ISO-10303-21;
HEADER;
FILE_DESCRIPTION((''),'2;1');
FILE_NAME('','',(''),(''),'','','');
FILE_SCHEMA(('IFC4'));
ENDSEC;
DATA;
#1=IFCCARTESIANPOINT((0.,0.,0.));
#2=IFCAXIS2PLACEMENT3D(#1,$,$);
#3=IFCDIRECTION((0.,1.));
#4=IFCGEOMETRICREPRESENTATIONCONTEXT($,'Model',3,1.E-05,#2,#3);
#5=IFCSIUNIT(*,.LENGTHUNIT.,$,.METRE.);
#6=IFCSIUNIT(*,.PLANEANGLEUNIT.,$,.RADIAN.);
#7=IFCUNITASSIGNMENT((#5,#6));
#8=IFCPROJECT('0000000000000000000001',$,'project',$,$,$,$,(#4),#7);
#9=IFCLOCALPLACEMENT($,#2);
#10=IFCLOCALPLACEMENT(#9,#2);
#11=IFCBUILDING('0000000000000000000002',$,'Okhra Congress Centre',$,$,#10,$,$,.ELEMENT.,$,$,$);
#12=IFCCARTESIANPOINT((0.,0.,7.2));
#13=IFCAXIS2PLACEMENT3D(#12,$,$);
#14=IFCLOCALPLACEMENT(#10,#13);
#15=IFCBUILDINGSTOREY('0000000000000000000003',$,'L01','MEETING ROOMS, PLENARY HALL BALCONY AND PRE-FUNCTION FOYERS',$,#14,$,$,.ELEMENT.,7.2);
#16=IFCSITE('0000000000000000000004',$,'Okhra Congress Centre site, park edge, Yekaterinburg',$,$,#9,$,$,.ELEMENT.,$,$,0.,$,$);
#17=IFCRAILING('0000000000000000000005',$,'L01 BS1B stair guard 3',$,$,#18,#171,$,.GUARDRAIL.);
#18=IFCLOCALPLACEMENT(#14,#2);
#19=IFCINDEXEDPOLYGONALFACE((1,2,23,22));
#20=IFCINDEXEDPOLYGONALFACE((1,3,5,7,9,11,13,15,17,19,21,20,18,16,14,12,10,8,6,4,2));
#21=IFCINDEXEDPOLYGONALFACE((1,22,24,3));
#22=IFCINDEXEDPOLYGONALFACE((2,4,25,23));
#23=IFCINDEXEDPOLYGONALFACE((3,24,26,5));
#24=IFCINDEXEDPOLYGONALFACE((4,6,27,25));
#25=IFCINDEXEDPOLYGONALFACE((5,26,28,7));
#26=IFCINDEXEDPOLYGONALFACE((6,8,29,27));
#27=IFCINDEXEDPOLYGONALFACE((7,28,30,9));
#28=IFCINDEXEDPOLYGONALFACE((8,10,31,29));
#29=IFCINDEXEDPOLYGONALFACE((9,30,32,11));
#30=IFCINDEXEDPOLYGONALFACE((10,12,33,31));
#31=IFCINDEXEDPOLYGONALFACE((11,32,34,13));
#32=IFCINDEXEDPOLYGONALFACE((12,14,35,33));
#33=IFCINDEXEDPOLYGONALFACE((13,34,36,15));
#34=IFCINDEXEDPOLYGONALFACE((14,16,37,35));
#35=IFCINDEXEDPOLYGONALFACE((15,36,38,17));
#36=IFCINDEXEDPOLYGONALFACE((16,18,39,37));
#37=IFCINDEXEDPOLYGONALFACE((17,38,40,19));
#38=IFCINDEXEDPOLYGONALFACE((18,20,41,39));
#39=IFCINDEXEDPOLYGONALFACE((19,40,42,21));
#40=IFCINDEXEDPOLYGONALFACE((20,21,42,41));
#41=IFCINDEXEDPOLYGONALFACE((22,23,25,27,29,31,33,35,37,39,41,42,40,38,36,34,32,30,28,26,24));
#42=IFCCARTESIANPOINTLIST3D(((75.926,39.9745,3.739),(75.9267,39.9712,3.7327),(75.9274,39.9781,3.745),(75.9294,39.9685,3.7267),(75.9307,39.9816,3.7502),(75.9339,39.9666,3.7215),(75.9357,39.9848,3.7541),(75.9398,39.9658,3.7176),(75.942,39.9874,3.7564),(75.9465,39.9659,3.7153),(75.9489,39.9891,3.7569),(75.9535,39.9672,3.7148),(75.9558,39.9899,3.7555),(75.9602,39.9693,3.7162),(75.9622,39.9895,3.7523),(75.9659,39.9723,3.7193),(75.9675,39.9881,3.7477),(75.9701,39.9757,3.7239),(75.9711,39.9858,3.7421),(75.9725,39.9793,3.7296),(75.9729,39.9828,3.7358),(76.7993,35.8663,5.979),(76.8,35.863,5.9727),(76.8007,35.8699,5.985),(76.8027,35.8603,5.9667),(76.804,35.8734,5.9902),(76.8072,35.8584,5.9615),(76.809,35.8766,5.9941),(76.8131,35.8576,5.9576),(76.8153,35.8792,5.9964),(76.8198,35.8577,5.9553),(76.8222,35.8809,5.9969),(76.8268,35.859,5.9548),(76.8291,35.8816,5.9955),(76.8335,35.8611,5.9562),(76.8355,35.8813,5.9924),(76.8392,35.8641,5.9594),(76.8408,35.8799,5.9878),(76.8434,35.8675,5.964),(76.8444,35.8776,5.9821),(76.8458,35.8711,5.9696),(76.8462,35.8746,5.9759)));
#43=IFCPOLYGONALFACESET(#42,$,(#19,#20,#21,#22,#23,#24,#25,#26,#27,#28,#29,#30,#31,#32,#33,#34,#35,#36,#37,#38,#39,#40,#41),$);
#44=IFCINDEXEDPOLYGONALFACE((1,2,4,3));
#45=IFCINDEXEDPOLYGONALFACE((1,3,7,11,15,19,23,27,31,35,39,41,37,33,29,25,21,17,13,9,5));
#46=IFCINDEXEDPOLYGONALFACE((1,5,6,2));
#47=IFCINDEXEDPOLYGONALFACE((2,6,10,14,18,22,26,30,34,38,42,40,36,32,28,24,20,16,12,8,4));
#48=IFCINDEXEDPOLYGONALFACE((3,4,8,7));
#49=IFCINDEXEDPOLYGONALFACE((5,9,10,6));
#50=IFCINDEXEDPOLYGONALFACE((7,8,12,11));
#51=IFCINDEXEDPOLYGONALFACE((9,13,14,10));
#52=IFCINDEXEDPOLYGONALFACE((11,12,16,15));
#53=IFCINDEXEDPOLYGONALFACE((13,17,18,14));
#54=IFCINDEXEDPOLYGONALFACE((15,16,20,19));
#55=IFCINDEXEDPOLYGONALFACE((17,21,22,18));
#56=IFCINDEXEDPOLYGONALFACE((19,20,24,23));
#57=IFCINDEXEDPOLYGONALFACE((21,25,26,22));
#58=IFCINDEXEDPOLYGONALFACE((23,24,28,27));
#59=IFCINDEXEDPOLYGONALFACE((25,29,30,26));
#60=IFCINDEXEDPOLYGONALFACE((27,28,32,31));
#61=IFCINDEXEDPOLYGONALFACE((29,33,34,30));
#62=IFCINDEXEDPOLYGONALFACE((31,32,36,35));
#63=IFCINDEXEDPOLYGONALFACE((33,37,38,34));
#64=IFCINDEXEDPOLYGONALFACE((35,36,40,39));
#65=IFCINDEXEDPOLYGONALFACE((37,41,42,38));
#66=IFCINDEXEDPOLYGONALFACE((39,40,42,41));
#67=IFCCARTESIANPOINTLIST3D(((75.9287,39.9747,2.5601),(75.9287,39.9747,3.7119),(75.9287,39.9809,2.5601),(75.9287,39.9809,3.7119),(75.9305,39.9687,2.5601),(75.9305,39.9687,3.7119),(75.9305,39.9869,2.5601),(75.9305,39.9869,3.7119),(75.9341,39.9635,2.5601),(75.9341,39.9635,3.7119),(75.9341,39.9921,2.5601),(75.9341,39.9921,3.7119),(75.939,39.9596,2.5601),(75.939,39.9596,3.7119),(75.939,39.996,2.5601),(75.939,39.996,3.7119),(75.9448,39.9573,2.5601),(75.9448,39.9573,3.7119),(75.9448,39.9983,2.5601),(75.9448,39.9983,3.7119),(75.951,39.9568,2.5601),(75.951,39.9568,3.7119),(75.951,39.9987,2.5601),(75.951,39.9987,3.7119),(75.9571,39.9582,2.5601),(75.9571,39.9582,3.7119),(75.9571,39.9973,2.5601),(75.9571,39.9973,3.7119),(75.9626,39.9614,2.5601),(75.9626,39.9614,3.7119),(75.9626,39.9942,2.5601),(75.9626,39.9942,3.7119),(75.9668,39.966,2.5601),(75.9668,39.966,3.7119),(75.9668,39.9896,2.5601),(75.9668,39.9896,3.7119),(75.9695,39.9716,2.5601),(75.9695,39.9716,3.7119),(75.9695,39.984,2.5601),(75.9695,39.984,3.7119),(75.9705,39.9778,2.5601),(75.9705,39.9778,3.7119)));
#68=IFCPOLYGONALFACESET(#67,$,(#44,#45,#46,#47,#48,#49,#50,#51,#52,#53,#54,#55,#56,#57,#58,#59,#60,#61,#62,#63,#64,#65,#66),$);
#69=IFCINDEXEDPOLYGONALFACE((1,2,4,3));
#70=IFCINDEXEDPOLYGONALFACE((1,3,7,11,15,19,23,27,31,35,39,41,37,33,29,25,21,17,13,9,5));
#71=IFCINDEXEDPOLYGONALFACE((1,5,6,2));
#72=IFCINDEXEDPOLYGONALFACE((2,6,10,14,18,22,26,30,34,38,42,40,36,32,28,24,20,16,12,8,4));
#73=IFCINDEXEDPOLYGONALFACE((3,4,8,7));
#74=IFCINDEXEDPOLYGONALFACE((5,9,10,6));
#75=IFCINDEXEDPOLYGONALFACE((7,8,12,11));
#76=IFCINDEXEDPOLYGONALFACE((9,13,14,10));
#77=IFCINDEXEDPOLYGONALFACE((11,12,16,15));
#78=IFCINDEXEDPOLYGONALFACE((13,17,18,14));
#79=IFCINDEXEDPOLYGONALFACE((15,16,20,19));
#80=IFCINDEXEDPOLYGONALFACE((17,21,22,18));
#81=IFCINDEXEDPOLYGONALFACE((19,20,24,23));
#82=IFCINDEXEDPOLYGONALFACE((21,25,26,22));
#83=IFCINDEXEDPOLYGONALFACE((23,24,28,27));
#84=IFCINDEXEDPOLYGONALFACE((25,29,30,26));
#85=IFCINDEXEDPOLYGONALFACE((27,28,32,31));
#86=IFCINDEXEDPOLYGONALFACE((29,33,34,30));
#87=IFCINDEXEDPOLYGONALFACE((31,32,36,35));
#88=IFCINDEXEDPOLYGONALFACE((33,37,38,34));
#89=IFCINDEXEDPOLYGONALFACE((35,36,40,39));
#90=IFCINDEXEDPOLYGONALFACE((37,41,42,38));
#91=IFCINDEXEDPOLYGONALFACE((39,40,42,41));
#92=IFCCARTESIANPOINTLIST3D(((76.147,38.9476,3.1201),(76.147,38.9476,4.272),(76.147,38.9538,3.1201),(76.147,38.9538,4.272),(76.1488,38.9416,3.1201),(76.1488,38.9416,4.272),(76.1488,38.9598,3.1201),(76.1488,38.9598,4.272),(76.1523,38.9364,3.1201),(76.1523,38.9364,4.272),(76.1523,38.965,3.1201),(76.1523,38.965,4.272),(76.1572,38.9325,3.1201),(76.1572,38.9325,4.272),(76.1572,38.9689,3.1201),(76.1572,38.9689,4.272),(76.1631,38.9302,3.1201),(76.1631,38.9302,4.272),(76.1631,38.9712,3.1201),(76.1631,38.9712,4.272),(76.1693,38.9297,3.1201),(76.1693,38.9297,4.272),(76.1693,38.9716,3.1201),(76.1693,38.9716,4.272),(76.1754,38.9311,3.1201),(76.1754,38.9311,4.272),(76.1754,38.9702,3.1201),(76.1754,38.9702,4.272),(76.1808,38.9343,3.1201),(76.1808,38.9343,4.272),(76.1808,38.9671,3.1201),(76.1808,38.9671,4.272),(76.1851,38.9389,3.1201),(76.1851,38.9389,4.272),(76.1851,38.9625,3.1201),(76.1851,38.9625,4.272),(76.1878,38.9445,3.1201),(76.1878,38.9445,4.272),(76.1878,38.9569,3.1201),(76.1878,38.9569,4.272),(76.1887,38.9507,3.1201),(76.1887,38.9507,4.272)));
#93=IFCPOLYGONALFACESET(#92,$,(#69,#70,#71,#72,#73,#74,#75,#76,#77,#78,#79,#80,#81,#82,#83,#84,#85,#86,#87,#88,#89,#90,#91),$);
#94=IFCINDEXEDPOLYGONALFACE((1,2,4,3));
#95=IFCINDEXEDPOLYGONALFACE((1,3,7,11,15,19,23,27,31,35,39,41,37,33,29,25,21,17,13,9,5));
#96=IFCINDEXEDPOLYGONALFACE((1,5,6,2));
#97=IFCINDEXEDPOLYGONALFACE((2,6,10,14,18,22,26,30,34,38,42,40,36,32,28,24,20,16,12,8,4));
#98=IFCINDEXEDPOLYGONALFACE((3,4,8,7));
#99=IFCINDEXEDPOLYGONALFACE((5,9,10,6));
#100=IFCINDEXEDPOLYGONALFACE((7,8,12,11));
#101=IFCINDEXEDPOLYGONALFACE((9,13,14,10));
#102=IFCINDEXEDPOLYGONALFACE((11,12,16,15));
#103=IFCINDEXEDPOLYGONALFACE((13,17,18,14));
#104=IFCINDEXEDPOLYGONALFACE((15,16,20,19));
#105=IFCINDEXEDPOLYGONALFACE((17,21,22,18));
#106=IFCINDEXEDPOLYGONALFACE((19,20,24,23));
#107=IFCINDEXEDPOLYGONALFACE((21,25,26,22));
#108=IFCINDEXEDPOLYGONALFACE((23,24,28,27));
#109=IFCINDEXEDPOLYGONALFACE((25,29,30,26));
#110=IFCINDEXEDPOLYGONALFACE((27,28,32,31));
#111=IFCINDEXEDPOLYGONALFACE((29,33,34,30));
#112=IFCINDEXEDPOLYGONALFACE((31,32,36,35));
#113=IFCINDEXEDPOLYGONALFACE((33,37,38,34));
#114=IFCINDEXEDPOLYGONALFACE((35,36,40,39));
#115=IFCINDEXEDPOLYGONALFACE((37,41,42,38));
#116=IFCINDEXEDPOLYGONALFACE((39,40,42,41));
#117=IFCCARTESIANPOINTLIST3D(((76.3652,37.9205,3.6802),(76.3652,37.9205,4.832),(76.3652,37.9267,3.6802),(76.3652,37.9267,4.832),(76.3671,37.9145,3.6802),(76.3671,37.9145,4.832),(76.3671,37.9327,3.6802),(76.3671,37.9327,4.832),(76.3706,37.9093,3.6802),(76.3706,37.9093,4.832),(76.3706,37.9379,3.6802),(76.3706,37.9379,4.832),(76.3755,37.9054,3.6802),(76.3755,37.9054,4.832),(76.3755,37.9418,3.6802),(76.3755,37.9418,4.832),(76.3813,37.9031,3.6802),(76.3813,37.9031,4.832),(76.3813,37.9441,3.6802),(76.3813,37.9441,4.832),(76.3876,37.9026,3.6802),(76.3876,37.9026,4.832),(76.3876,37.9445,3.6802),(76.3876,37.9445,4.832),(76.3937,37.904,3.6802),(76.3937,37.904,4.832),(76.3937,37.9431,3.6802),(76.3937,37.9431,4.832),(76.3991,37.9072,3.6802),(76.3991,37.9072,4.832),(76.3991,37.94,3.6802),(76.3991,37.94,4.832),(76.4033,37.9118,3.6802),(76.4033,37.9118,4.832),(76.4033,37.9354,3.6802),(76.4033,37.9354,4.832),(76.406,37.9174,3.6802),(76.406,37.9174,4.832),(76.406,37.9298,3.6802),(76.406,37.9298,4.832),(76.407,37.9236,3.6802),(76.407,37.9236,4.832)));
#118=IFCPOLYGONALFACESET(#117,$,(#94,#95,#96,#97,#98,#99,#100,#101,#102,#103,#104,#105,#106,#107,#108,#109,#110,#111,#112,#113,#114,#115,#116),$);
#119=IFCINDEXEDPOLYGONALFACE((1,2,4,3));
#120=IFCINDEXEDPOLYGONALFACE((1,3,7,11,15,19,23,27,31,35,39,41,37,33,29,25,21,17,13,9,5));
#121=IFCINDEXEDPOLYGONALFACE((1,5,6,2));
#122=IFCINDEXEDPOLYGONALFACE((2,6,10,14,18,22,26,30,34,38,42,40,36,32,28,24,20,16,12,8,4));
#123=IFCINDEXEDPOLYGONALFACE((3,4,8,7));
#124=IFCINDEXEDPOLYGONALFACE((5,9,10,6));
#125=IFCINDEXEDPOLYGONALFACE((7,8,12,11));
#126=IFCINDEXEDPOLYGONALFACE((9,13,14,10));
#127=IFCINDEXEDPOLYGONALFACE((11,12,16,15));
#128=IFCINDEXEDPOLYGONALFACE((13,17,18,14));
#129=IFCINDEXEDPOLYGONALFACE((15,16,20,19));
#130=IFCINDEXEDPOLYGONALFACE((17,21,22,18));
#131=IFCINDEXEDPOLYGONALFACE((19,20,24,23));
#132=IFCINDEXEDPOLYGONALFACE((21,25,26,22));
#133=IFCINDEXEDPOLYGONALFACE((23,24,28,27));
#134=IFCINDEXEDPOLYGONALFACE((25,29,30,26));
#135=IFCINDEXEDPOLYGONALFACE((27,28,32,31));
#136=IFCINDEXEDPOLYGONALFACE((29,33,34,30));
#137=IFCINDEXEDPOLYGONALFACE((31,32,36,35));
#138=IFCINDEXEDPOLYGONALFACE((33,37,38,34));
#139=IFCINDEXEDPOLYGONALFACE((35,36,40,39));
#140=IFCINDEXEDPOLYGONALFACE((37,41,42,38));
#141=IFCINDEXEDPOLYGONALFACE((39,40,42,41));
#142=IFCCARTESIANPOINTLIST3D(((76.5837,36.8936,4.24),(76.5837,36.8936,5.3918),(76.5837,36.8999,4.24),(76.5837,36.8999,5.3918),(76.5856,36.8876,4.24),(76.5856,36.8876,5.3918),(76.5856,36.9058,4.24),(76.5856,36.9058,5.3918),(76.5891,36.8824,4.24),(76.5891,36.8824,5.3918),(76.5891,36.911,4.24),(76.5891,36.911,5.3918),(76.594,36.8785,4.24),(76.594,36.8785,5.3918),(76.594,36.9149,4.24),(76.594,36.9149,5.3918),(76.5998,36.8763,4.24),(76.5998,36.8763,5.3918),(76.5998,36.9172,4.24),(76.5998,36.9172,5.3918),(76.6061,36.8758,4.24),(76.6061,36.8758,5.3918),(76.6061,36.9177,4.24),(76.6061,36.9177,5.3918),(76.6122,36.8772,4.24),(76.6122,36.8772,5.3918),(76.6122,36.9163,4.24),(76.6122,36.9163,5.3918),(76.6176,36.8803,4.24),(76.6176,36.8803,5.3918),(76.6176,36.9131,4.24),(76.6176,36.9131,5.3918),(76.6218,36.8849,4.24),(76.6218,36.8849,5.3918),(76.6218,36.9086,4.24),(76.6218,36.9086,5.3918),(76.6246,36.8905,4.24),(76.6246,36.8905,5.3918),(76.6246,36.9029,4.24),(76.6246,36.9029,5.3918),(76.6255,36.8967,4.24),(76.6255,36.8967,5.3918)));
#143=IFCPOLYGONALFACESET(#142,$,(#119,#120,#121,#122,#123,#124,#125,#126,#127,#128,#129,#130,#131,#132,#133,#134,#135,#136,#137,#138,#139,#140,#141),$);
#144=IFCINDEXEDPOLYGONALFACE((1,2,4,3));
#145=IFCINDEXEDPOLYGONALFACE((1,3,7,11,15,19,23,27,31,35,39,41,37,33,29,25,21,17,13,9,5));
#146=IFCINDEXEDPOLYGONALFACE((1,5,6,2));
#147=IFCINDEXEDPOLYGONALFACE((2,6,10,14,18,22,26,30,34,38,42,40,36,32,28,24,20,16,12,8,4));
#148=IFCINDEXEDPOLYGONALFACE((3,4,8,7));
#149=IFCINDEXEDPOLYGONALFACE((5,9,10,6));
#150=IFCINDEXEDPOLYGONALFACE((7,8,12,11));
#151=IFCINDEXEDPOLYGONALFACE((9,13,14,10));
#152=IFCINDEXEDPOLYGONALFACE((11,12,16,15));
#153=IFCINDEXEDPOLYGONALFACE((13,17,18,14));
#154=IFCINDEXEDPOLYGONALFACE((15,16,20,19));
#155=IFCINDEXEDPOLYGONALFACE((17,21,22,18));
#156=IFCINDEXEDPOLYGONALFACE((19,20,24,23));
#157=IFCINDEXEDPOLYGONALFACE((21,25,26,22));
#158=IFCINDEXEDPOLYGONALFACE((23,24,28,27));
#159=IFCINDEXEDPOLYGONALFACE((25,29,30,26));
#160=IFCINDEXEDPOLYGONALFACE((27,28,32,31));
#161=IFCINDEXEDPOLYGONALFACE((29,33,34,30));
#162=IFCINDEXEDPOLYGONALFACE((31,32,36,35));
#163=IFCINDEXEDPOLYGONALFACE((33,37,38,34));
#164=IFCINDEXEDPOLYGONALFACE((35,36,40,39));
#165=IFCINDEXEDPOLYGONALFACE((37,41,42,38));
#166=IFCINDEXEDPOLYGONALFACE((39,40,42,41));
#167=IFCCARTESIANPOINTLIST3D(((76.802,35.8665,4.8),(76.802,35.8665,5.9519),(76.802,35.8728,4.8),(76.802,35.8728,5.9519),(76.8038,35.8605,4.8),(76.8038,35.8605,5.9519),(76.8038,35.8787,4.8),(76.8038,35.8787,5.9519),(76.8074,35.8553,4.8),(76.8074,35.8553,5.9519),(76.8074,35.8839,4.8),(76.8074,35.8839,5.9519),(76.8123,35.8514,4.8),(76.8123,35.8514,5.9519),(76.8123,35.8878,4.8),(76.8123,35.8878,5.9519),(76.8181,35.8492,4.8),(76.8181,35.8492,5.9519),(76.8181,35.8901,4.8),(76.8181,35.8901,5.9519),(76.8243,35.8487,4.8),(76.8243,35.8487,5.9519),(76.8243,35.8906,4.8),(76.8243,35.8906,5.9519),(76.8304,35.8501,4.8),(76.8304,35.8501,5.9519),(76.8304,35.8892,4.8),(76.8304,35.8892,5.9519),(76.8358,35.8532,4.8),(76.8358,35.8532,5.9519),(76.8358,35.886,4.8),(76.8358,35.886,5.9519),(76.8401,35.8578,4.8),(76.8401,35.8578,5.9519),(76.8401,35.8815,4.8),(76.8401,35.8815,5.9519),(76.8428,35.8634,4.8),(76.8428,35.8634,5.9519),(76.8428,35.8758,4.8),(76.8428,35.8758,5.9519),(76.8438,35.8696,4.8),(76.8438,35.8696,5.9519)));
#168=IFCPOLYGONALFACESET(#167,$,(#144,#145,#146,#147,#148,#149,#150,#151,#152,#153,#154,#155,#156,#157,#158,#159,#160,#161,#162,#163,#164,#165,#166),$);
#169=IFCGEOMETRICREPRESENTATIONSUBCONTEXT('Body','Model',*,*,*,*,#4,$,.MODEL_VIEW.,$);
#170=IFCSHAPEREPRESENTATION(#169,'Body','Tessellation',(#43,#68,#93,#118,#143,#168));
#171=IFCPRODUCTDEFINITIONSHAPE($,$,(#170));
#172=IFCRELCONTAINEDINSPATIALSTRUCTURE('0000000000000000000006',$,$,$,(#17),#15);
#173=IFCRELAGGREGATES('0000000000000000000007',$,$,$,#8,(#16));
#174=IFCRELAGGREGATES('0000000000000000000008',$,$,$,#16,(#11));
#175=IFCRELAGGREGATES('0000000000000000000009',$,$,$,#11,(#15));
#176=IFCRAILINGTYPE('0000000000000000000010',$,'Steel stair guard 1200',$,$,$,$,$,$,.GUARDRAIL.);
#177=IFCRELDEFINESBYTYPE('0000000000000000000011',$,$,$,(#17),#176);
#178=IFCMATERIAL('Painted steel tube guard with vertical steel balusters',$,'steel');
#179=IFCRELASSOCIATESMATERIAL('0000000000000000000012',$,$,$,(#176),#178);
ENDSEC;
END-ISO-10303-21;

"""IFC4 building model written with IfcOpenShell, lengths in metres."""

from ifc_helpers import new_model, si_unit, direction, frame, origin, origin_2d, place, context, subcontext, project, spatial, circle, extrude, material, type_object, element, save


model = new_model("IFC4")

# Units and contexts
model_context = context("Model", 3, precision=1e-05, world=origin(), true_north=direction((0.0, 1.0)))
body_context = subcontext(model_context, "Body", "Model", "MODEL_VIEW")
ifc_project = project(units=[si_unit("LENGTHUNIT", "METRE"), si_unit("PLANEANGLEUNIT", "RADIAN")], contexts=[model_context])

# Site, building, storey
site_placement = place(None, origin())
site = spatial("IfcSite", under=ifc_project, at=site_placement, Name="Okhra Congress Centre site, park edge, Yekaterinburg", CompositionType="ELEMENT", RefElevation=0.0)
building_placement = place(site_placement, origin())
building = spatial("IfcBuilding", under=site, at=building_placement, Name="Okhra Congress Centre", CompositionType="ELEMENT")
storey_placement = place(building_placement, frame((0.0, 0.0, 7.2)))
storey = spatial("IfcBuildingStorey", under=building, at=storey_placement, Name="L01", Description="MEETING ROOMS, PLENARY HALL BALCONY AND PRE-FUNCTION FOYERS", CompositionType="ELEMENT", Elevation=7.2)

# Railing
ifc_material_1 = material(Name="Painted steel tube guard with vertical steel balusters", Category="steel")
railing_type_1 = type_object("IfcRailingType", Name="Steel stair guard 1200", PredefinedType="GUARDRAIL", material=ifc_material_1)
railing_1_placement = place(storey_placement, frame((75.9495, 39.9778, 2.5601)))
element("IfcRailing", 1, at=railing_1_placement, inside=storey, type_object=railing_type_1, Name="L01 BS1B stair guard 3", PredefinedType="GUARDRAIL", context=body_context, shape_type="SweptSolid", body=[
    extrude(circle(Radius=0.0239, at=origin_2d()), frame((0.0, 0.0, 1.1758), z_axis=(0.183466, -0.863067, 0.470591), x_axis=(0.978144, 0.207929, 0.0)), (0.0, 0.0, 1.0), 4.76),
    extrude(circle(Radius=0.021, at=origin_2d()), origin(), (0.0, 0.0, 1.0), 1.1519),
    extrude(circle(Radius=0.021, at=origin_2d()), frame((0.2183, -1.0271, 0.5601)), (0.0, 0.0, 1.0), 1.1519),
    extrude(circle(Radius=0.021, at=origin_2d()), frame((0.4365, -2.0542, 1.1201)), (0.0, 0.0, 1.0), 1.1519),
    extrude(circle(Radius=0.021, at=origin_2d()), frame((0.655, -3.0811, 1.6799)), (0.0, 0.0, 1.0), 1.1519),
    extrude(circle(Radius=0.021, at=origin_2d()), frame((0.8733, -4.1082, 2.24)), (0.0, 0.0, 1.0), 1.1519),
])

save(model, "model.ifc")
